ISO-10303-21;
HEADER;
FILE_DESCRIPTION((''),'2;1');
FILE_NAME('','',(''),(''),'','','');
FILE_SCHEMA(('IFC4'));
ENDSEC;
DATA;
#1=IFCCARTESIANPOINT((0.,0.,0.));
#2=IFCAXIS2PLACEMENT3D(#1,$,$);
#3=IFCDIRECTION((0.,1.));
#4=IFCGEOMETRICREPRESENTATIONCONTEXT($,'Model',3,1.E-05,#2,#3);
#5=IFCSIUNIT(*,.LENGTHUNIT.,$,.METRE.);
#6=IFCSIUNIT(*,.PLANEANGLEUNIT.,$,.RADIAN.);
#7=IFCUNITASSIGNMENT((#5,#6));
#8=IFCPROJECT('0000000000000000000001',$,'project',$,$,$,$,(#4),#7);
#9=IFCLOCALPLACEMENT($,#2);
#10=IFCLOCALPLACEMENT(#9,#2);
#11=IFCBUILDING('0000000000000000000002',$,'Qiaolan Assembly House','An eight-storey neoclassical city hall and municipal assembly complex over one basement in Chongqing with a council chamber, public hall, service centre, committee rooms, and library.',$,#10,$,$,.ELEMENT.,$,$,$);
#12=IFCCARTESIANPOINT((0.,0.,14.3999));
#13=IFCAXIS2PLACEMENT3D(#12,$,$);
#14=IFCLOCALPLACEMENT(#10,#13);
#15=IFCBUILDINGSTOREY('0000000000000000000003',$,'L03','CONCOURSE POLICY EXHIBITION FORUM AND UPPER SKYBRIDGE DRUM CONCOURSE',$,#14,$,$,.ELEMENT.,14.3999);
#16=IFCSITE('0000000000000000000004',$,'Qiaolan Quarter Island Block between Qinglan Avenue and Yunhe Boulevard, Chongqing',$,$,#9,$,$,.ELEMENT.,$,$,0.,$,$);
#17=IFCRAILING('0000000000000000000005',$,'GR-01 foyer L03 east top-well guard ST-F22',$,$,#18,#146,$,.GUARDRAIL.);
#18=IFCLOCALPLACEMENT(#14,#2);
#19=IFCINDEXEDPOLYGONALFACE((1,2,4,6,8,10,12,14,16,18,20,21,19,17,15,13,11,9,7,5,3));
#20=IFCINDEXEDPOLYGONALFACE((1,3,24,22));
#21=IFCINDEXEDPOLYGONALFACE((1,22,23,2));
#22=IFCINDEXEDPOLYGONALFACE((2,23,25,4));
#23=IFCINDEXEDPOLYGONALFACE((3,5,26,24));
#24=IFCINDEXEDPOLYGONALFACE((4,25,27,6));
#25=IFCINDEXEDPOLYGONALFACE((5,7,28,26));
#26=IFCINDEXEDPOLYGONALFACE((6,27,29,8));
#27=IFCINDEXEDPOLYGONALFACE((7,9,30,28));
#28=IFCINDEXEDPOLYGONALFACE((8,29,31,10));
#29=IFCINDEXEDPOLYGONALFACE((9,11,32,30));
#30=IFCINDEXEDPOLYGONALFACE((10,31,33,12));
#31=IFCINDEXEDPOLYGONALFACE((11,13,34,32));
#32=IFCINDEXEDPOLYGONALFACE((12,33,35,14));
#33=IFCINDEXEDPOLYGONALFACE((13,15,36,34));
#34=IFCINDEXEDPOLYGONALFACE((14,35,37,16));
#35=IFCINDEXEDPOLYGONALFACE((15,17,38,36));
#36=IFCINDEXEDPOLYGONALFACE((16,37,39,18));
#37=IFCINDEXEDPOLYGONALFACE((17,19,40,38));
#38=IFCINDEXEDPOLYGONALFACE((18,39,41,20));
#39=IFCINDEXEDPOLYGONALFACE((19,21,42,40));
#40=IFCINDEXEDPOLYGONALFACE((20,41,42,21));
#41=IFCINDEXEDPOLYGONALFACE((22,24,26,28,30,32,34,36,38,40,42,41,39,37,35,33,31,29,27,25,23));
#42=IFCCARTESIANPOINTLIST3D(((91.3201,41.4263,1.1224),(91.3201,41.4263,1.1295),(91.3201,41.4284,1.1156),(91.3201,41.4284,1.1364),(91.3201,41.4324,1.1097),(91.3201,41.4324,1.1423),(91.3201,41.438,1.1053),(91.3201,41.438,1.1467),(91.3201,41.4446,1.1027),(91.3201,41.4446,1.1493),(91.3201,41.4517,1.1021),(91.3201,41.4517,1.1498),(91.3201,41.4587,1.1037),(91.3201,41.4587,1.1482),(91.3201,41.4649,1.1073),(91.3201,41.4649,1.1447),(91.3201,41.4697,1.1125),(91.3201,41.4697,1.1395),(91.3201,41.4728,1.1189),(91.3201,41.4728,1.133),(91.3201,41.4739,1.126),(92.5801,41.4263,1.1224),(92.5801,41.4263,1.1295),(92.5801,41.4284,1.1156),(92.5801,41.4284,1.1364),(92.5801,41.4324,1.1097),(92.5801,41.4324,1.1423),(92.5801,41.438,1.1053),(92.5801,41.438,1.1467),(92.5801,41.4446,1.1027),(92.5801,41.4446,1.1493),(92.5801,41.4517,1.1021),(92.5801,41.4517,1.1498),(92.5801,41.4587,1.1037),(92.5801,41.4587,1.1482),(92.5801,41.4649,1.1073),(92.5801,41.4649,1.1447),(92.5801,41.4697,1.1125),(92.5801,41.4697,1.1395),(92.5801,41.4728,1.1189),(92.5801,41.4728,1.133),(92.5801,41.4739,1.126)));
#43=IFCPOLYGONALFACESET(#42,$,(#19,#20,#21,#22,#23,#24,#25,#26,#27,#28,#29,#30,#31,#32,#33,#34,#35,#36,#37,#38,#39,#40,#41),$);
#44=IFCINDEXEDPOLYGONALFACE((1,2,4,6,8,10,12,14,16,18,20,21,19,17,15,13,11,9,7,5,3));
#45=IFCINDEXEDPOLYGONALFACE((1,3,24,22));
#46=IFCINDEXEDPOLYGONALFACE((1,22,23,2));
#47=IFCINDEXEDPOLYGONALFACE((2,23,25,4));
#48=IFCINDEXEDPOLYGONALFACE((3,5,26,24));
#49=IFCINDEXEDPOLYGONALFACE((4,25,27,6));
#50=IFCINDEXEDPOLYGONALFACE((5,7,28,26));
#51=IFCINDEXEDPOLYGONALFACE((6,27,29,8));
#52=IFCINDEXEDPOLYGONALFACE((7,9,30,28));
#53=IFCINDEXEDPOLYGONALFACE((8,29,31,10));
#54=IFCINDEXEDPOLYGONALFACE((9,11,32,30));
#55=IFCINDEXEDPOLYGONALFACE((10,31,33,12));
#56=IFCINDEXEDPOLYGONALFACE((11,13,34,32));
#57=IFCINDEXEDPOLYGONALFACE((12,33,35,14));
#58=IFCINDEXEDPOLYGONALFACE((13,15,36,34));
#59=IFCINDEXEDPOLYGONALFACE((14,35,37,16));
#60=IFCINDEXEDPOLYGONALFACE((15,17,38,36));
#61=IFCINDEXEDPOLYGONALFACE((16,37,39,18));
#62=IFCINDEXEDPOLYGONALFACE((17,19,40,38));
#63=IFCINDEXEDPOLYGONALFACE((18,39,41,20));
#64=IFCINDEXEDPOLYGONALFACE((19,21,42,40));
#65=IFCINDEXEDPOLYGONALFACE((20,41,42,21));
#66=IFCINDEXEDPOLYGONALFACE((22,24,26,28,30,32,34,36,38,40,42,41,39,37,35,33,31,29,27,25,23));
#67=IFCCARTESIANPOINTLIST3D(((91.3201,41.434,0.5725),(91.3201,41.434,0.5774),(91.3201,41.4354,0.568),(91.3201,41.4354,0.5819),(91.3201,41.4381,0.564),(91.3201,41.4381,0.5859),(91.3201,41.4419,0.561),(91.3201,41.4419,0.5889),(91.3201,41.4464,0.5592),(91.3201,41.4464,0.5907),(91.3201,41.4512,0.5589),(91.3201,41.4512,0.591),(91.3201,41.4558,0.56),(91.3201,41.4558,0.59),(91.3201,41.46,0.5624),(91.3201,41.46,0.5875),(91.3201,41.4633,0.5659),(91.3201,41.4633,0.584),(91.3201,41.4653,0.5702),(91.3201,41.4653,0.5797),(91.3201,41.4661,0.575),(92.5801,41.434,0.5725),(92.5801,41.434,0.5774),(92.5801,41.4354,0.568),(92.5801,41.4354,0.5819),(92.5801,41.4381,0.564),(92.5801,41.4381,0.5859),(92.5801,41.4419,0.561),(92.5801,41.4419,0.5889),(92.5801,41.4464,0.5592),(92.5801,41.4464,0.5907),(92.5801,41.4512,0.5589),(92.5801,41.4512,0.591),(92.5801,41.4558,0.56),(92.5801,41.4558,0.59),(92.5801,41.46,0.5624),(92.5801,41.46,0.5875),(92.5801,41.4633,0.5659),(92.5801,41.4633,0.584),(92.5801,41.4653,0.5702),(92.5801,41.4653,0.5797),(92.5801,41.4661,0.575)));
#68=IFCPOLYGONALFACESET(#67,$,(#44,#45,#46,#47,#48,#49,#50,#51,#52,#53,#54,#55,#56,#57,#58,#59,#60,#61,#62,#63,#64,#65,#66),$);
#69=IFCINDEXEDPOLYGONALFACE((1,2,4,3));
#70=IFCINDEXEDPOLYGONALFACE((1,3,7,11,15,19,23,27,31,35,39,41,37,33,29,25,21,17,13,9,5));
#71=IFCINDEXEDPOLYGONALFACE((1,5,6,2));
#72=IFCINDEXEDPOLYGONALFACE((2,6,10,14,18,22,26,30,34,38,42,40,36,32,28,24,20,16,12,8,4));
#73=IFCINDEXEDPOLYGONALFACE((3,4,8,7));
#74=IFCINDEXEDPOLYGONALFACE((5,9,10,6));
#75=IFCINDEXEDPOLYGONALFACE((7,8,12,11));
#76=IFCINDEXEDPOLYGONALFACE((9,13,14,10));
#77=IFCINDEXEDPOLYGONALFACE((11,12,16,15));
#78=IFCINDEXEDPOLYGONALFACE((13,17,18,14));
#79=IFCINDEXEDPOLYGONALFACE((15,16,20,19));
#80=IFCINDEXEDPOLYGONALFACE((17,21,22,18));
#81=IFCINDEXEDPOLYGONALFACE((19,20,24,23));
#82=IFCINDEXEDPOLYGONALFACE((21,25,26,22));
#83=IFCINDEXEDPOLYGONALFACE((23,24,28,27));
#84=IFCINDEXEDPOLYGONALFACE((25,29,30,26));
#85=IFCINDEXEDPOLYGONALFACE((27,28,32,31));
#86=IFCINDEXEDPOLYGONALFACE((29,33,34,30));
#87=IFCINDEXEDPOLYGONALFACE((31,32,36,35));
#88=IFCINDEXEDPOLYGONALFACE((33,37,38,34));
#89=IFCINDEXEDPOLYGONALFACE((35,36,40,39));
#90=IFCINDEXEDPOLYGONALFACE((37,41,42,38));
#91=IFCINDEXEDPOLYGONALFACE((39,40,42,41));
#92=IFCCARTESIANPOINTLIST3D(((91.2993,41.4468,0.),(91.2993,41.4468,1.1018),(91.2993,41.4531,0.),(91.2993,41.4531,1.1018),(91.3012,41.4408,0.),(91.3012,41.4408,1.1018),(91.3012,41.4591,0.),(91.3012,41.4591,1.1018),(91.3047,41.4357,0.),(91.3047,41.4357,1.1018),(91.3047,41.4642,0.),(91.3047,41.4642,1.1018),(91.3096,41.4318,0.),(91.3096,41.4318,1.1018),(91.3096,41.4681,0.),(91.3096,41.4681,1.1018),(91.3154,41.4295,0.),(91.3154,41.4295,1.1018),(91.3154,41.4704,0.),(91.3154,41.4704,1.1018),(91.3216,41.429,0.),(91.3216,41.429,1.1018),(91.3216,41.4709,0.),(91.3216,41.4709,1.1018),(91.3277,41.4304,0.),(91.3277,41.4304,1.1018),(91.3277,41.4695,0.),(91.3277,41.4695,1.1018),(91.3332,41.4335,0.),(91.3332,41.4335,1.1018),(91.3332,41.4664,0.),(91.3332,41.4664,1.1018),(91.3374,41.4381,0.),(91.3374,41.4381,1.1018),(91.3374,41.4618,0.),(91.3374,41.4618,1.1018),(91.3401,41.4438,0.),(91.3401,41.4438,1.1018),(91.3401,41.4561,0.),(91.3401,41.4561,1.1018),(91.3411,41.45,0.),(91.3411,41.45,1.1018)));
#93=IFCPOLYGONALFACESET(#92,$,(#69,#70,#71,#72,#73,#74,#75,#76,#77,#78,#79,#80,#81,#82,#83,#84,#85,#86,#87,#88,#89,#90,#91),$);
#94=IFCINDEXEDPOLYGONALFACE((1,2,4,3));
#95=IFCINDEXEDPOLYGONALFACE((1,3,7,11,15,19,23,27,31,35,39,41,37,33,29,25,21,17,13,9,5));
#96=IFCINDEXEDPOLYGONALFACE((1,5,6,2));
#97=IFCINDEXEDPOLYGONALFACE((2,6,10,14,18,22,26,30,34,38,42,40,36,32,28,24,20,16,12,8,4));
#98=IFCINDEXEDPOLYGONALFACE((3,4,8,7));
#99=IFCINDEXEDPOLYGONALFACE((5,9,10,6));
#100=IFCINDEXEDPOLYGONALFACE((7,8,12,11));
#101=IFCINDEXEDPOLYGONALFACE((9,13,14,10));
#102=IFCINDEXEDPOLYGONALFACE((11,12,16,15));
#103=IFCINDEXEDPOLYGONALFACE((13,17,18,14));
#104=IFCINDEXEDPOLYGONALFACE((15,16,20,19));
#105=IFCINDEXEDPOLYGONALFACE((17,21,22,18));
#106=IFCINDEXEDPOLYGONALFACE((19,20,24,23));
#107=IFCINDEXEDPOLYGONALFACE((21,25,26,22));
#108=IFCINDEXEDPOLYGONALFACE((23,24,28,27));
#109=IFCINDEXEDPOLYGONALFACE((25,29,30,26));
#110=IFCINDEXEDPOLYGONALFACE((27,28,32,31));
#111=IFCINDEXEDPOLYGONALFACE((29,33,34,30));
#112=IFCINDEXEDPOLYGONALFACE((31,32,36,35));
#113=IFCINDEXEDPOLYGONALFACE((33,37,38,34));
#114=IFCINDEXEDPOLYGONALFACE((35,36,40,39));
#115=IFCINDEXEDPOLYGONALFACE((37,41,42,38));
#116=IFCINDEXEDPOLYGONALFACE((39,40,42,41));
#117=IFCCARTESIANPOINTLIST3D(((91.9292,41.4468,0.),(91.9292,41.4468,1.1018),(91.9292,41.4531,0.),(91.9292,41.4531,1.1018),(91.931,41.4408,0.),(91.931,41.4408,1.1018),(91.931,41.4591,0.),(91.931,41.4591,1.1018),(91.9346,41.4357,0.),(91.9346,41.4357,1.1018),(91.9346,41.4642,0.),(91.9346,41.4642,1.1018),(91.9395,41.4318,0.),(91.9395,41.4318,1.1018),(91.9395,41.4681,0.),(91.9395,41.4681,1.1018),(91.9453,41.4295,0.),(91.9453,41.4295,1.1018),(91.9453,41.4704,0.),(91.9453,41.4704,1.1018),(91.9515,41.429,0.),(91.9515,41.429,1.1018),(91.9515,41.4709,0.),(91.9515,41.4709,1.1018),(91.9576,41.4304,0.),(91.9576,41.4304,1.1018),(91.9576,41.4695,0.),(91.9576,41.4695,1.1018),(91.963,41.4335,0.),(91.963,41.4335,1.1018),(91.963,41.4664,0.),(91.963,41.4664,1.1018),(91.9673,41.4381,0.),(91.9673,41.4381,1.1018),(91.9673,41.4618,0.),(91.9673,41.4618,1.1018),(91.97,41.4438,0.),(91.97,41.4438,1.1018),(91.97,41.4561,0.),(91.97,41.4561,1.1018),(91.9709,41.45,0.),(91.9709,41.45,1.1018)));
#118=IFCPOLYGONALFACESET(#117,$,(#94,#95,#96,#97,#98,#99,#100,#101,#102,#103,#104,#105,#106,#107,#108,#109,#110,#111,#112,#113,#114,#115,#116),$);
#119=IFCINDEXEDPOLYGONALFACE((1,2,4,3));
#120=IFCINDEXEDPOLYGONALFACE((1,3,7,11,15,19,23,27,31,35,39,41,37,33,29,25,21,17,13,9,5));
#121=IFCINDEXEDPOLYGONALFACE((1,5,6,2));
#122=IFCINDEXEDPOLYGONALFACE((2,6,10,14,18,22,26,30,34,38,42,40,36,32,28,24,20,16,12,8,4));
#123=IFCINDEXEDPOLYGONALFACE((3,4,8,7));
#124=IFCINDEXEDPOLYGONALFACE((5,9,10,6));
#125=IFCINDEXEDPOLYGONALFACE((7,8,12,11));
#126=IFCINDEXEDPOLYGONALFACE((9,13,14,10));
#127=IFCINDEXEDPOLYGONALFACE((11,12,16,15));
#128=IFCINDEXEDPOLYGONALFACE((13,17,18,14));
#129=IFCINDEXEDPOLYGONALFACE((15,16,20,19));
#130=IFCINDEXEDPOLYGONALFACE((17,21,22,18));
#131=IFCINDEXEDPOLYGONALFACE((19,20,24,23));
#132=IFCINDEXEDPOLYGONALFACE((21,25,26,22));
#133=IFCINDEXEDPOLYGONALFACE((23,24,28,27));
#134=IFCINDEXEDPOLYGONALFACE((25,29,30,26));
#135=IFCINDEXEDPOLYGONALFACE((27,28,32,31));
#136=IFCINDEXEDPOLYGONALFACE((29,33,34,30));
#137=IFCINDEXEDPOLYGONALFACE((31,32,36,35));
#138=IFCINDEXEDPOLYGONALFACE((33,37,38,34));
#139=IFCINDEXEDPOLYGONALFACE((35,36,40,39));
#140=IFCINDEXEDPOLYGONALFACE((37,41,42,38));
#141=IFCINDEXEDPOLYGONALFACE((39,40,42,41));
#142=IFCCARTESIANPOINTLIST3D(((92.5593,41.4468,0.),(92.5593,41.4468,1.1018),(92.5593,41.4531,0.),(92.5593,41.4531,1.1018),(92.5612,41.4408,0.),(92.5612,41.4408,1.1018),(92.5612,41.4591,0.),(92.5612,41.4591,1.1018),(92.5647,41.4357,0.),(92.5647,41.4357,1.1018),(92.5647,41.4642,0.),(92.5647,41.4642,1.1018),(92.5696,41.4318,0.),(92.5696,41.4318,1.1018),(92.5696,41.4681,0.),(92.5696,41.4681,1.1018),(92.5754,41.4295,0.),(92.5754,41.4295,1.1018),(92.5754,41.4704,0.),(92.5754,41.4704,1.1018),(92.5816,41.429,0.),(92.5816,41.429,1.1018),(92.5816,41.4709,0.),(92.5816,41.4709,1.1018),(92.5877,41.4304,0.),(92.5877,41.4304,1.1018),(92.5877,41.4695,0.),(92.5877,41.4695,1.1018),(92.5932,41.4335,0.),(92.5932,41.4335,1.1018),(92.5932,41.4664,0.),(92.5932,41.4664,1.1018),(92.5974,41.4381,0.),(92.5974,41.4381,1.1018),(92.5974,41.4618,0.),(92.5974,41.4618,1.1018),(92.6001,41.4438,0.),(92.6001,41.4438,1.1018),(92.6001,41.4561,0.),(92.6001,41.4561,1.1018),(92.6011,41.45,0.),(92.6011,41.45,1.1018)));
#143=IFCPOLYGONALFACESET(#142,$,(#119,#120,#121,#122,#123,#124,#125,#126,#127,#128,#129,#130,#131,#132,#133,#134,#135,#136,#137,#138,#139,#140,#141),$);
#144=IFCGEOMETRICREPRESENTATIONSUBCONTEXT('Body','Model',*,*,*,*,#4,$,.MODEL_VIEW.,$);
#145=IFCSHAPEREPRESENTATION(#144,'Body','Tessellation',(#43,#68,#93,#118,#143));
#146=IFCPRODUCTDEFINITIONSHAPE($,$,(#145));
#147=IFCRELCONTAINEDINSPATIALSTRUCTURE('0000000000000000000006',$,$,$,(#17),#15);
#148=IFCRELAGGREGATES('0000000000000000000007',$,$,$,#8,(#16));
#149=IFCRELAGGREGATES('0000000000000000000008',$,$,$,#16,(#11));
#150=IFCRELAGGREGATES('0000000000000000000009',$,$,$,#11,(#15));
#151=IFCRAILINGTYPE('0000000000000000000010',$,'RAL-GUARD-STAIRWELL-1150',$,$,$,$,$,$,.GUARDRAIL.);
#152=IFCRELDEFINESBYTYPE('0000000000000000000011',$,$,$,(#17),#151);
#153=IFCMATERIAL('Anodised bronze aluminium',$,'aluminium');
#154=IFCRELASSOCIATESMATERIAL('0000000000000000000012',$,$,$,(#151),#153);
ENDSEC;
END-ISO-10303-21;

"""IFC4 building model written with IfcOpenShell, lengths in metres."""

from ifc_helpers import new_model, si_unit, direction, frame, origin, origin_2d, place, context, subcontext, project, spatial, circle, extrude, material, type_object, element, save


model = new_model("IFC4")

# Units and contexts
model_context = context("Model", 3, precision=1e-05, world=origin(), true_north=direction((0.0, 1.0)))
body_context = subcontext(model_context, "Body", "Model", "MODEL_VIEW")
ifc_project = project(units=[si_unit("LENGTHUNIT", "METRE"), si_unit("PLANEANGLEUNIT", "RADIAN")], contexts=[model_context])

# Site, building, storey
site_placement = place(None, origin())
site = spatial("IfcSite", under=ifc_project, at=site_placement, Name="Qiaolan Quarter Island Block between Qinglan Avenue and Yunhe Boulevard, Chongqing", CompositionType="ELEMENT", RefElevation=0.0)
building_placement = place(site_placement, origin())
building = spatial("IfcBuilding", under=site, at=building_placement, Name="Qiaolan Assembly House", Description="An eight-storey neoclassical city hall and municipal assembly complex over one basement in Chongqing with a council chamber, public hall, service centre, committee rooms, and library.", CompositionType="ELEMENT")
storey_placement = place(building_placement, frame((0.0, 0.0, 14.3999)))
storey = spatial("IfcBuildingStorey", under=building, at=storey_placement, Name="L03", Description="CONCOURSE POLICY EXHIBITION FORUM AND UPPER SKYBRIDGE DRUM CONCOURSE", CompositionType="ELEMENT", Elevation=14.3999)

# Shared definitions
ifc_material_1 = material(Name="Anodised bronze aluminium", Category="aluminium")

# Railing
railing_type = type_object("IfcRailingType", Name="RAL-GUARD-STAIRWELL-1150", PredefinedType="GUARDRAIL", material=ifc_material_1)
railing_1_placement = place(storey_placement, frame((91.3201, 41.45, 0.0)))
element("IfcRailing", 1, at=railing_1_placement, inside=storey, type_object=railing_type, Name="GR-01 foyer L03 east top-well guard ST-F22", PredefinedType="GUARDRAIL", context=body_context, shape_type="SweptSolid", body=[
    extrude(circle(Radius=0.0239, at=origin_2d()), frame((0.0, 0.0, 1.126), z_axis=(1.0, 0.0, 0.0), x_axis=(0.0, 1.0, 0.0)), (0.0, 0.0, 1.0), 1.26),
    extrude(circle(Radius=0.0161, at=origin_2d()), frame((0.0, 0.0, 0.575), z_axis=(1.0, 0.0, 0.0), x_axis=(0.0, 1.0, 0.0)), (0.0, 0.0, 1.0), 1.26),
    extrude(circle(Radius=0.021, at=origin_2d()), origin(), (0.0, 0.0, 1.0), 1.1018),
    extrude(circle(Radius=0.021, at=origin_2d()), frame((0.6299, 0.0, 0.0)), (0.0, 0.0, 1.0), 1.1018),
    extrude(circle(Radius=0.021, at=origin_2d()), frame((1.26, 0.0, 0.0)), (0.0, 0.0, 1.0), 1.1018),
])

save(model, "model.ifc")
